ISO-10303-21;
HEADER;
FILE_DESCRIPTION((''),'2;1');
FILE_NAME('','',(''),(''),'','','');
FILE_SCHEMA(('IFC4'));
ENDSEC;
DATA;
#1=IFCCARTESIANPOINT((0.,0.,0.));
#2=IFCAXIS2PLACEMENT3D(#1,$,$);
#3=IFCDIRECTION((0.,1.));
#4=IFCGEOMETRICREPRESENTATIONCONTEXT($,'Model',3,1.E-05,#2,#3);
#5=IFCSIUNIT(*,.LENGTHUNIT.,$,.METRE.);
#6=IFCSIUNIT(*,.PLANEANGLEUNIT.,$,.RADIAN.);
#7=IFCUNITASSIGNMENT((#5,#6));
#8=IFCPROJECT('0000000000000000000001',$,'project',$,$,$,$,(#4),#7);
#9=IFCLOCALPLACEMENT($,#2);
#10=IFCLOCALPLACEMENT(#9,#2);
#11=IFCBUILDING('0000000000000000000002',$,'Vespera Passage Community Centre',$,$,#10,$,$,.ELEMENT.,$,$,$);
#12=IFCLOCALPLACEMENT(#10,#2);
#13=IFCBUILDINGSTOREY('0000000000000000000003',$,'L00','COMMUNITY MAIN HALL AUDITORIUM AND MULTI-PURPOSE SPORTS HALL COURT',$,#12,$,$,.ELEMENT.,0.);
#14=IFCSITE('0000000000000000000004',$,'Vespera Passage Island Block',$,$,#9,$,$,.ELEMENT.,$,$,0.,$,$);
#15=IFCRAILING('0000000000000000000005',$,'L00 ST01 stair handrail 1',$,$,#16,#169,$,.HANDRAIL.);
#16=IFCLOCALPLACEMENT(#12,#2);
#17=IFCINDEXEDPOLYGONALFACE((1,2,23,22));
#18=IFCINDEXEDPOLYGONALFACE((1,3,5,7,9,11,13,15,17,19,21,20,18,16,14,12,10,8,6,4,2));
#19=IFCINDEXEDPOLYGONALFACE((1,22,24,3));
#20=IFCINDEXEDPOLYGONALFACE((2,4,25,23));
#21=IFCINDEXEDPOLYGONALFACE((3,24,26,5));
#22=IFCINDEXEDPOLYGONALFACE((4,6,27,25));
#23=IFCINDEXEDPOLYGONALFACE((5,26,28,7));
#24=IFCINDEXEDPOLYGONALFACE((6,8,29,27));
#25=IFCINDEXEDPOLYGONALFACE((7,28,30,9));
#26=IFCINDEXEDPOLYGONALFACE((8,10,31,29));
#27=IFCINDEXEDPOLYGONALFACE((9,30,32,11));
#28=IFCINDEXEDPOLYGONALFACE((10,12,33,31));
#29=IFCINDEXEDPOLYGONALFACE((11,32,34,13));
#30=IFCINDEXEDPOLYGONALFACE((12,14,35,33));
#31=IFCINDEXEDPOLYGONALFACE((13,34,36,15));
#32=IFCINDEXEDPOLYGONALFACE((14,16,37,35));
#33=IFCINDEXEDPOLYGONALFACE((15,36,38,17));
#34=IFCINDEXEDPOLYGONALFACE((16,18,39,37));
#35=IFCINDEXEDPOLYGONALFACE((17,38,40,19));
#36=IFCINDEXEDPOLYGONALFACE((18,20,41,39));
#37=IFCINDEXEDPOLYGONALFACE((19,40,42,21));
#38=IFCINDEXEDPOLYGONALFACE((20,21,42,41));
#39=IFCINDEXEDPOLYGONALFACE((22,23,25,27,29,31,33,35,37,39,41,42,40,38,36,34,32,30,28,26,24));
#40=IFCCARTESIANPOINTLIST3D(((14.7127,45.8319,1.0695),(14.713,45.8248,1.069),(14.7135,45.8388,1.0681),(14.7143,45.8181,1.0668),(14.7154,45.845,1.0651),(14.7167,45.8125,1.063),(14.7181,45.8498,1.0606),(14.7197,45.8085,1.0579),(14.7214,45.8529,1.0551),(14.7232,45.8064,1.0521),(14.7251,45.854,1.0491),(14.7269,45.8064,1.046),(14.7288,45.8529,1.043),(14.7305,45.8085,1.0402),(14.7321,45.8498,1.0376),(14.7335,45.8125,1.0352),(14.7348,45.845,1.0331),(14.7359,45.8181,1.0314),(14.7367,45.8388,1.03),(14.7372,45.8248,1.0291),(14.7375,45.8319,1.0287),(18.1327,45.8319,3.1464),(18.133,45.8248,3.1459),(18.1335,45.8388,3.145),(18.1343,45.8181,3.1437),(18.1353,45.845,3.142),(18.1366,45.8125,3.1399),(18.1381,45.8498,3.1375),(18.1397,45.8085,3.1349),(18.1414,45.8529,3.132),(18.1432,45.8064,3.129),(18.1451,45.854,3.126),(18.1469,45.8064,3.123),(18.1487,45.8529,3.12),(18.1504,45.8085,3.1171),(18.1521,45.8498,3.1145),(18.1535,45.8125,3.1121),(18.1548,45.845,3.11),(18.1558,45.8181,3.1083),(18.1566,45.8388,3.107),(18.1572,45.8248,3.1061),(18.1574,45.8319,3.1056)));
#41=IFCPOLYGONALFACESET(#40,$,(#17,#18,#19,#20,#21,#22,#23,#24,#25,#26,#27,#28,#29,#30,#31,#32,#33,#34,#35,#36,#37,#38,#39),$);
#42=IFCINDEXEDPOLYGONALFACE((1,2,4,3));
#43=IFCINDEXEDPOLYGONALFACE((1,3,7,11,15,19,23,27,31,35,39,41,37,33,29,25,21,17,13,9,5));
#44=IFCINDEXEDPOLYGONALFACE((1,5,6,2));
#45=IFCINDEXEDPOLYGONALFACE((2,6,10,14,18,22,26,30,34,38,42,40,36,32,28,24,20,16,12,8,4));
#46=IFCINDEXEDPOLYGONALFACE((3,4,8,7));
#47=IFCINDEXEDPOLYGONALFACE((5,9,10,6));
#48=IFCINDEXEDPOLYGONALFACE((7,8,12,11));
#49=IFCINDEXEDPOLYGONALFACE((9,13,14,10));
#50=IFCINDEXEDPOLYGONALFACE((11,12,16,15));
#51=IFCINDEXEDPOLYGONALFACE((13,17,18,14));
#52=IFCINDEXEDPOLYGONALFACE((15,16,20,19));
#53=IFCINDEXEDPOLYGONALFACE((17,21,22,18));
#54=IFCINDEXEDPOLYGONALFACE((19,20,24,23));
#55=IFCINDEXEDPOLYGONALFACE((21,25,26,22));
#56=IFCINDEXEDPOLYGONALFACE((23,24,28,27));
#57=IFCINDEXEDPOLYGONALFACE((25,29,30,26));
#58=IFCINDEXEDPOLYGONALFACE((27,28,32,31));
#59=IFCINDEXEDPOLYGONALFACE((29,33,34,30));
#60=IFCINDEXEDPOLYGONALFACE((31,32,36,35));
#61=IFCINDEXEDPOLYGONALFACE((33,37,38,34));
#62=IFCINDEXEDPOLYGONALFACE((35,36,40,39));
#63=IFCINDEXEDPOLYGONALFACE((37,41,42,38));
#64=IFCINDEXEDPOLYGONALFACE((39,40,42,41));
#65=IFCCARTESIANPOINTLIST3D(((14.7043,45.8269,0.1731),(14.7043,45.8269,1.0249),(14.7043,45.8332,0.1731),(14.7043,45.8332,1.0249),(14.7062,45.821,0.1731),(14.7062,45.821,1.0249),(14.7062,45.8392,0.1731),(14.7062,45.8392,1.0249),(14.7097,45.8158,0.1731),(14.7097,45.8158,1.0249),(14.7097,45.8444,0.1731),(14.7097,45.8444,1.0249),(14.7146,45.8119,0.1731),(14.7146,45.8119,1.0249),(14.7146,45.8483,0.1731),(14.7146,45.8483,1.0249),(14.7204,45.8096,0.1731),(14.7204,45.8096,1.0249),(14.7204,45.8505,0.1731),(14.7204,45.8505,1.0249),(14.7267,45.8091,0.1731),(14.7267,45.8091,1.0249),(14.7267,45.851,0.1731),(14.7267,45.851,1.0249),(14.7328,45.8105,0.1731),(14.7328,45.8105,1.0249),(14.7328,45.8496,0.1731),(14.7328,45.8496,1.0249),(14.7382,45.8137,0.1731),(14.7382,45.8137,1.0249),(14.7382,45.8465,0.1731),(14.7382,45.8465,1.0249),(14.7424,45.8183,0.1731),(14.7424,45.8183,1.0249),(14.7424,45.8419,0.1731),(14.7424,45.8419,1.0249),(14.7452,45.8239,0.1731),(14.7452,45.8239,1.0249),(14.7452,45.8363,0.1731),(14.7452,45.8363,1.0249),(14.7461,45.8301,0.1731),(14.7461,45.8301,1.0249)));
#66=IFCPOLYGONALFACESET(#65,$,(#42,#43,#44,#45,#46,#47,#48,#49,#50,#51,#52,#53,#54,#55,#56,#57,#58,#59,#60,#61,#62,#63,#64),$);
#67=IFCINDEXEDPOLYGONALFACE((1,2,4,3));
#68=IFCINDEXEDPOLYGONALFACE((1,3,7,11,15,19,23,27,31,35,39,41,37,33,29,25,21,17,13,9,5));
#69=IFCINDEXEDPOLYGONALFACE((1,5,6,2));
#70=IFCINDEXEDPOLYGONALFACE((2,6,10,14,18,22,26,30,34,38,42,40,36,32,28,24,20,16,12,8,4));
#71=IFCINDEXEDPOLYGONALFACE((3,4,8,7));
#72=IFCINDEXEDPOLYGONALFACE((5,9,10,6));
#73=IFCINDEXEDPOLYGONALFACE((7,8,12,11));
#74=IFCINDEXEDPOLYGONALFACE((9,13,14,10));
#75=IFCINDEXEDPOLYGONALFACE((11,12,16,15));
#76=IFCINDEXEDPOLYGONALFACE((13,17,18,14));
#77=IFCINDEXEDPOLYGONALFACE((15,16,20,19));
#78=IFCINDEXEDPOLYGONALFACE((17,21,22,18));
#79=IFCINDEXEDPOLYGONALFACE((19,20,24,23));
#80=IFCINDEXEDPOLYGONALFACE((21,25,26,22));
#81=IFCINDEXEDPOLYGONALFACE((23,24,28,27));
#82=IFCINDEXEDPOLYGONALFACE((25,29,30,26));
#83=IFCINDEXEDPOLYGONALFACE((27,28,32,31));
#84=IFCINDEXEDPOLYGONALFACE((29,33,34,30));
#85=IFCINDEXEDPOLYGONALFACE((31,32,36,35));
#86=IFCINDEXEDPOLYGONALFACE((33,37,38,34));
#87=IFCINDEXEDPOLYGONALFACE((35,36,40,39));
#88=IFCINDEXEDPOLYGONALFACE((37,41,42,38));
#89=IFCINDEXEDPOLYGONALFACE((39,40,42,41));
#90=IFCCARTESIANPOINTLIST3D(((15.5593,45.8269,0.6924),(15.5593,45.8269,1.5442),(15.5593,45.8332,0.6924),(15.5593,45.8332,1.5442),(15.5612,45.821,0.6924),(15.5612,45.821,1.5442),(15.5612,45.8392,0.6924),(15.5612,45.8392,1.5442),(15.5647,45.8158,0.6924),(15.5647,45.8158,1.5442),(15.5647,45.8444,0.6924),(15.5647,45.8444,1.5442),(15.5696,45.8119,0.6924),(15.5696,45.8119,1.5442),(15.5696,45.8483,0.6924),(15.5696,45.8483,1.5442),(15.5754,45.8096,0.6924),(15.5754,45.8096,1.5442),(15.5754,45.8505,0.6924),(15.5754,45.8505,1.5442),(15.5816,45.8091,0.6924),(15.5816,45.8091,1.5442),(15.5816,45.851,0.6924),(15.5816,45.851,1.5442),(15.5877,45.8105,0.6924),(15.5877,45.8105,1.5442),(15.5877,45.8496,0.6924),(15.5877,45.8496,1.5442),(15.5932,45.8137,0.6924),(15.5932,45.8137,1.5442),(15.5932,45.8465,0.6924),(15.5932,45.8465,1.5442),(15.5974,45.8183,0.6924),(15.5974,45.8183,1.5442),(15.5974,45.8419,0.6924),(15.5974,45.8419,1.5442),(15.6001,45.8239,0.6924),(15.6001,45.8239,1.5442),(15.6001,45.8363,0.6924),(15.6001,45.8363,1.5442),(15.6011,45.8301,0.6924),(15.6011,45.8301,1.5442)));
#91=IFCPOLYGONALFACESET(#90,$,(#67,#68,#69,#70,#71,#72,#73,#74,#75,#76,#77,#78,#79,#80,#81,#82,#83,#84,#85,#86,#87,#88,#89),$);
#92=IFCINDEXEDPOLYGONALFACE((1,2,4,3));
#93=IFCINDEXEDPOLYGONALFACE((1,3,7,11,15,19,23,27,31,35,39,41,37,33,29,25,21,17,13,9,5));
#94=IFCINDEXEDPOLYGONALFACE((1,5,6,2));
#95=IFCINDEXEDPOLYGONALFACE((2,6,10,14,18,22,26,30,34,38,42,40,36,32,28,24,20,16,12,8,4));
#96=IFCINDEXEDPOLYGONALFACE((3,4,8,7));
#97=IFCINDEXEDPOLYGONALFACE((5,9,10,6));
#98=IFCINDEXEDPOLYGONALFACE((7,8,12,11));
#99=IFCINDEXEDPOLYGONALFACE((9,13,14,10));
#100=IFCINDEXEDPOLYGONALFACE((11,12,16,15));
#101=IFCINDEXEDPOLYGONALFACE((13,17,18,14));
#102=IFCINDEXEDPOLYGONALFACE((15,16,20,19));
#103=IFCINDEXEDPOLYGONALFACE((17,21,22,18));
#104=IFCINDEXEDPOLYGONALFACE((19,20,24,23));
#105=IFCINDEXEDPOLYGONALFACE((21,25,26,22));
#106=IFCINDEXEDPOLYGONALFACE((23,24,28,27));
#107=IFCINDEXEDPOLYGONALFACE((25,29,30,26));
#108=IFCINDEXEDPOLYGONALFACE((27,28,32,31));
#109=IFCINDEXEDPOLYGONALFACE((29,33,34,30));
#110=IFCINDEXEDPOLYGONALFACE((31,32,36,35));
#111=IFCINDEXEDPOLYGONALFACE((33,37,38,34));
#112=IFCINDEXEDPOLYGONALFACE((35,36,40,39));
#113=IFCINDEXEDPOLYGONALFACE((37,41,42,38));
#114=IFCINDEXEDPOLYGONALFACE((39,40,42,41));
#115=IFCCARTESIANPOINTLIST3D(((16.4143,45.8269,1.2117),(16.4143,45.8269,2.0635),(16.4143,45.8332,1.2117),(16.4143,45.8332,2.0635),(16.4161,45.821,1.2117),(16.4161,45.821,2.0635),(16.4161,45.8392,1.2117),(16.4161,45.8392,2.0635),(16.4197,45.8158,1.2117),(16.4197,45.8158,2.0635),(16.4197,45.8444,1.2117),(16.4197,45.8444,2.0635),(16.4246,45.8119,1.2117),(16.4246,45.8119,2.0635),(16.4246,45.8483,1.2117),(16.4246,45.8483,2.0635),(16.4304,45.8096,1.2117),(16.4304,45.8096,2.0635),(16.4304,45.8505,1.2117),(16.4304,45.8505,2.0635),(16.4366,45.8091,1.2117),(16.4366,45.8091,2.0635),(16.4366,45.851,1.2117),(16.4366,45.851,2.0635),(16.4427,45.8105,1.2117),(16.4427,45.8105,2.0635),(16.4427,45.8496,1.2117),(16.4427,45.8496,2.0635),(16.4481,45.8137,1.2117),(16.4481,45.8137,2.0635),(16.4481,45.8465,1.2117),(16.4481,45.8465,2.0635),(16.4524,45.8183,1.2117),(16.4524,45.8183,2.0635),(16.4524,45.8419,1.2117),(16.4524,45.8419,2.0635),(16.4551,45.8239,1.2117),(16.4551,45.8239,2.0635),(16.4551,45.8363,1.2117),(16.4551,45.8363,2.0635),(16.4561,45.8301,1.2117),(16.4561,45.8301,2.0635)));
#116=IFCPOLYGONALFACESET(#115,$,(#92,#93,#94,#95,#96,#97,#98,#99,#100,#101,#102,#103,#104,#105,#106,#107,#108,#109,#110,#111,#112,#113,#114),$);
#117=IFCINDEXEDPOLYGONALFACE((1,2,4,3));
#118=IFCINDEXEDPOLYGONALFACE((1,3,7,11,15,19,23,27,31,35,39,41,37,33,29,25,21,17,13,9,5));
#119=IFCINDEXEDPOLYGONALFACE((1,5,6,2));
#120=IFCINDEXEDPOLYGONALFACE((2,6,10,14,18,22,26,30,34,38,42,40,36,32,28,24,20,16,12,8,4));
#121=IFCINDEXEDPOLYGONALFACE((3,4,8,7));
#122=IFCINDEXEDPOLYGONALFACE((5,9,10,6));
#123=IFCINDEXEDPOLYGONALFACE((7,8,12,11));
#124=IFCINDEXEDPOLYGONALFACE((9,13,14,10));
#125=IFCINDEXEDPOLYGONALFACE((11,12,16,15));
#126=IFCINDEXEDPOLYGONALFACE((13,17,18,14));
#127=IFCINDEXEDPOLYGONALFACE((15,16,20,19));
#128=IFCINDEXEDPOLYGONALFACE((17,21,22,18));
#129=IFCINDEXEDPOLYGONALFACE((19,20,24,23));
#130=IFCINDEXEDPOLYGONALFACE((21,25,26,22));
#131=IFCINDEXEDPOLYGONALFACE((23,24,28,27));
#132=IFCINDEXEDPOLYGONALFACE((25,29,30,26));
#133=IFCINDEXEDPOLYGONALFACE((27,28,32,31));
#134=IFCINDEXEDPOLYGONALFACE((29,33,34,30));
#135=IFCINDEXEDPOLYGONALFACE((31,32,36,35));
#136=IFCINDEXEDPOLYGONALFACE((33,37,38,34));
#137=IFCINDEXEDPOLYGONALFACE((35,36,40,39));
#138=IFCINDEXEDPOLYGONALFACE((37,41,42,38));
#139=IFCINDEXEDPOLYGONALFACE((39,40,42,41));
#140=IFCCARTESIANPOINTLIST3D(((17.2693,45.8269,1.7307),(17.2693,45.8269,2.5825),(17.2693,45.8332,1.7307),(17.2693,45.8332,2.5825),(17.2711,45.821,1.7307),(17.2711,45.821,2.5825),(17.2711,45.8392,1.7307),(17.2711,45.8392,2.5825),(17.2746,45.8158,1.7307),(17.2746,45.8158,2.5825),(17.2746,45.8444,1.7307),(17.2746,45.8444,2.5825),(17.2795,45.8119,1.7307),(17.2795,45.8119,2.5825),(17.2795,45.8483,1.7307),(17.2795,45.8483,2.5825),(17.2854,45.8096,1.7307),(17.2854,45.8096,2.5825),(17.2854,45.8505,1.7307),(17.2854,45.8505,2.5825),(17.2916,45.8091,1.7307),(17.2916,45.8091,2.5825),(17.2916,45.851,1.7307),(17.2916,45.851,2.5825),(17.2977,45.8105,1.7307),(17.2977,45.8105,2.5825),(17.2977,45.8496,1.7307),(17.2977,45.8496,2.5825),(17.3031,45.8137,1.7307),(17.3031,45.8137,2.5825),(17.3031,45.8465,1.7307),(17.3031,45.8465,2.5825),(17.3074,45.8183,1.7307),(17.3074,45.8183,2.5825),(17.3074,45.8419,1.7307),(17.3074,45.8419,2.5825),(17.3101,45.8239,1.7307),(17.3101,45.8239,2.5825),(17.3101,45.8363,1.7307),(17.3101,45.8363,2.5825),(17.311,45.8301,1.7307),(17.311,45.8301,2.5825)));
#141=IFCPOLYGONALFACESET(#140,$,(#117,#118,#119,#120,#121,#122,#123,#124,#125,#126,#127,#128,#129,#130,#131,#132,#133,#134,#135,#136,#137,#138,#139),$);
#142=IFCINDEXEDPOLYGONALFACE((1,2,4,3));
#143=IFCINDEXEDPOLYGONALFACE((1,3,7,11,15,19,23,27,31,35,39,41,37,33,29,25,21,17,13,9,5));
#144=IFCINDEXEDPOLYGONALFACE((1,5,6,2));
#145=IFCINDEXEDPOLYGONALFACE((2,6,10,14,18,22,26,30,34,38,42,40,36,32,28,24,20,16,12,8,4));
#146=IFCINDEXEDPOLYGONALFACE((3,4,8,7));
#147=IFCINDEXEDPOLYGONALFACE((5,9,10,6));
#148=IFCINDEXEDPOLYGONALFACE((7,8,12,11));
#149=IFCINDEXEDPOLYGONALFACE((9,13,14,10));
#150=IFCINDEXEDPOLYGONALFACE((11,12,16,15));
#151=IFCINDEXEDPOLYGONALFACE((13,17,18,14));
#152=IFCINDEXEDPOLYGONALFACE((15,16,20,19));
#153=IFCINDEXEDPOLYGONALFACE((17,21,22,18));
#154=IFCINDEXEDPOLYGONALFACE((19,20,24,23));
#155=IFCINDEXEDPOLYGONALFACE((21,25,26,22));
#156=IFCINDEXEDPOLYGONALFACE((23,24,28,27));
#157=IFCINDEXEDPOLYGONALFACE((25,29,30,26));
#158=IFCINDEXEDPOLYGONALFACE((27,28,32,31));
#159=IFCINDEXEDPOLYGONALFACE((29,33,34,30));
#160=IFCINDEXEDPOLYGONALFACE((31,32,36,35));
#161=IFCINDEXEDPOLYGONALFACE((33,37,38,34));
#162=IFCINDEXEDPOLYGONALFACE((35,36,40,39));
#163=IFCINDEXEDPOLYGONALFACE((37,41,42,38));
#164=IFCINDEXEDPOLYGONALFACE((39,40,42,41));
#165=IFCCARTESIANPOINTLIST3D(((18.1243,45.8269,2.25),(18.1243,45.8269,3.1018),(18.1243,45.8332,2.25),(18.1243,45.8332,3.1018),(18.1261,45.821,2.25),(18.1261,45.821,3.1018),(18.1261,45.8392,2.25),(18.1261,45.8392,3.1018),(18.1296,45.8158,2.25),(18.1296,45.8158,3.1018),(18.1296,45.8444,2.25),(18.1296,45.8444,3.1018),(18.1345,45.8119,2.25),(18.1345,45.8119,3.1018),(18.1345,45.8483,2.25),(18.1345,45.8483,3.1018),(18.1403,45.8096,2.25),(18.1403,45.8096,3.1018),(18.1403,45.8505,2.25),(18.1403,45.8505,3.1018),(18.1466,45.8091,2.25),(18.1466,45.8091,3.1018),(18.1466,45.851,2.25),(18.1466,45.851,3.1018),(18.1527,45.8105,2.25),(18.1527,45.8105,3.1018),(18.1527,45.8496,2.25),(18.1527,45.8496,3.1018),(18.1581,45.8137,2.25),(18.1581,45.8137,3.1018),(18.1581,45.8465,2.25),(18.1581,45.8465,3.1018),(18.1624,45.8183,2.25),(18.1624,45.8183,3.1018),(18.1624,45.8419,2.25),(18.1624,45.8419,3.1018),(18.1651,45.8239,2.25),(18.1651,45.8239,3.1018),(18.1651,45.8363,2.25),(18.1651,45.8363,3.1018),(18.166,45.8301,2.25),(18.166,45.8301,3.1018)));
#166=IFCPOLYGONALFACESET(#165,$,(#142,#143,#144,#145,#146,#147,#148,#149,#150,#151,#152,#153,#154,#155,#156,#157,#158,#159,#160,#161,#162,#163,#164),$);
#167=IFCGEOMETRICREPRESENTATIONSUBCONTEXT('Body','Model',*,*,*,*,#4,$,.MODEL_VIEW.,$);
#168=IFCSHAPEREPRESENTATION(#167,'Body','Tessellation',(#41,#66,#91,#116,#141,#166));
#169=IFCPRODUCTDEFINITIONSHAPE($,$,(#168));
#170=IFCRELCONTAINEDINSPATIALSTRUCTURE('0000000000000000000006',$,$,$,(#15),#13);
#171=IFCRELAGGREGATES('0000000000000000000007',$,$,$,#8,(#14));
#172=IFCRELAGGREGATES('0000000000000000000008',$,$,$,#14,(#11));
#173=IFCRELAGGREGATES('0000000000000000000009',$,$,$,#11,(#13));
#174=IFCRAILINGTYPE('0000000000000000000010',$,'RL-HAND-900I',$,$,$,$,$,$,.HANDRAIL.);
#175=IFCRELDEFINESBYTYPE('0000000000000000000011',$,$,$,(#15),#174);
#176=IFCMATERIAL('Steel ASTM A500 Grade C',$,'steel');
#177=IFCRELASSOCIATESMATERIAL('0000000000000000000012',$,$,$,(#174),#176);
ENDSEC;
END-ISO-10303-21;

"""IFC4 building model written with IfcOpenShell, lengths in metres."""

from ifc_helpers import new_model, si_unit, direction, frame, origin, origin_2d, place, context, subcontext, project, spatial, circle, extrude, material, type_object, element, save


model = new_model("IFC4")

# Units and contexts
model_context = context("Model", 3, precision=1e-05, world=origin(), true_north=direction((0.0, 1.0)))
body_context = subcontext(model_context, "Body", "Model", "MODEL_VIEW")
ifc_project = project(units=[si_unit("LENGTHUNIT", "METRE"), si_unit("PLANEANGLEUNIT", "RADIAN")], contexts=[model_context])

# Site, building, storey
site_placement = place(None, origin())
site = spatial("IfcSite", under=ifc_project, at=site_placement, Name="Vespera Passage Island Block", CompositionType="ELEMENT", RefElevation=0.0)
building_placement = place(site_placement, origin())
building = spatial("IfcBuilding", under=site, at=building_placement, Name="Vespera Passage Community Centre", CompositionType="ELEMENT")
storey_placement = place(building_placement, origin())
storey = spatial("IfcBuildingStorey", under=building, at=storey_placement, Name="L00", Description="COMMUNITY MAIN HALL AUDITORIUM AND MULTI-PURPOSE SPORTS HALL COURT", CompositionType="ELEMENT", Elevation=0.0)

# Railing
ifc_material_1 = material(Name="Steel ASTM A500 Grade C", Category="steel")
railing_type = type_object("IfcRailingType", Name="RL-HAND-900I", PredefinedType="HANDRAIL", material=ifc_material_1)
railing_placement = place(storey_placement, frame((14.7251, 45.8301, 0.1731)))
element("IfcRailing", 1, at=railing_placement, inside=storey, type_object=railing_type, Name="L00 ST01 stair handrail 1", PredefinedType="HANDRAIL", context=body_context, shape_type="SweptSolid", body=[
    extrude(circle(Radius=0.0239, at=origin_2d()), frame((0.0, 0.0, 0.876), z_axis=(0.85473, 0.0, 0.519074), x_axis=(0.0, 1.0, 0.0)), (0.0, 0.0, 1.0), 4.0012),
    extrude(circle(Radius=0.021, at=origin_2d()), origin(), (0.0, 0.0, 1.0), 0.8518),
    extrude(circle(Radius=0.021, at=origin_2d()), frame((0.855, 0.0, 0.5193)), (0.0, 0.0, 1.0), 0.8518),
    extrude(circle(Radius=0.021, at=origin_2d()), frame((1.71, 0.0, 1.0386)), (0.0, 0.0, 1.0), 0.8518),
    extrude(circle(Radius=0.021, at=origin_2d()), frame((2.5649, 0.0, 1.5576)), (0.0, 0.0, 1.0), 0.8518),
    extrude(circle(Radius=0.021, at=origin_2d()), frame((3.4199, 0.0, 2.0769)), (0.0, 0.0, 1.0), 0.8518),
])

save(model, "model.ifc")
